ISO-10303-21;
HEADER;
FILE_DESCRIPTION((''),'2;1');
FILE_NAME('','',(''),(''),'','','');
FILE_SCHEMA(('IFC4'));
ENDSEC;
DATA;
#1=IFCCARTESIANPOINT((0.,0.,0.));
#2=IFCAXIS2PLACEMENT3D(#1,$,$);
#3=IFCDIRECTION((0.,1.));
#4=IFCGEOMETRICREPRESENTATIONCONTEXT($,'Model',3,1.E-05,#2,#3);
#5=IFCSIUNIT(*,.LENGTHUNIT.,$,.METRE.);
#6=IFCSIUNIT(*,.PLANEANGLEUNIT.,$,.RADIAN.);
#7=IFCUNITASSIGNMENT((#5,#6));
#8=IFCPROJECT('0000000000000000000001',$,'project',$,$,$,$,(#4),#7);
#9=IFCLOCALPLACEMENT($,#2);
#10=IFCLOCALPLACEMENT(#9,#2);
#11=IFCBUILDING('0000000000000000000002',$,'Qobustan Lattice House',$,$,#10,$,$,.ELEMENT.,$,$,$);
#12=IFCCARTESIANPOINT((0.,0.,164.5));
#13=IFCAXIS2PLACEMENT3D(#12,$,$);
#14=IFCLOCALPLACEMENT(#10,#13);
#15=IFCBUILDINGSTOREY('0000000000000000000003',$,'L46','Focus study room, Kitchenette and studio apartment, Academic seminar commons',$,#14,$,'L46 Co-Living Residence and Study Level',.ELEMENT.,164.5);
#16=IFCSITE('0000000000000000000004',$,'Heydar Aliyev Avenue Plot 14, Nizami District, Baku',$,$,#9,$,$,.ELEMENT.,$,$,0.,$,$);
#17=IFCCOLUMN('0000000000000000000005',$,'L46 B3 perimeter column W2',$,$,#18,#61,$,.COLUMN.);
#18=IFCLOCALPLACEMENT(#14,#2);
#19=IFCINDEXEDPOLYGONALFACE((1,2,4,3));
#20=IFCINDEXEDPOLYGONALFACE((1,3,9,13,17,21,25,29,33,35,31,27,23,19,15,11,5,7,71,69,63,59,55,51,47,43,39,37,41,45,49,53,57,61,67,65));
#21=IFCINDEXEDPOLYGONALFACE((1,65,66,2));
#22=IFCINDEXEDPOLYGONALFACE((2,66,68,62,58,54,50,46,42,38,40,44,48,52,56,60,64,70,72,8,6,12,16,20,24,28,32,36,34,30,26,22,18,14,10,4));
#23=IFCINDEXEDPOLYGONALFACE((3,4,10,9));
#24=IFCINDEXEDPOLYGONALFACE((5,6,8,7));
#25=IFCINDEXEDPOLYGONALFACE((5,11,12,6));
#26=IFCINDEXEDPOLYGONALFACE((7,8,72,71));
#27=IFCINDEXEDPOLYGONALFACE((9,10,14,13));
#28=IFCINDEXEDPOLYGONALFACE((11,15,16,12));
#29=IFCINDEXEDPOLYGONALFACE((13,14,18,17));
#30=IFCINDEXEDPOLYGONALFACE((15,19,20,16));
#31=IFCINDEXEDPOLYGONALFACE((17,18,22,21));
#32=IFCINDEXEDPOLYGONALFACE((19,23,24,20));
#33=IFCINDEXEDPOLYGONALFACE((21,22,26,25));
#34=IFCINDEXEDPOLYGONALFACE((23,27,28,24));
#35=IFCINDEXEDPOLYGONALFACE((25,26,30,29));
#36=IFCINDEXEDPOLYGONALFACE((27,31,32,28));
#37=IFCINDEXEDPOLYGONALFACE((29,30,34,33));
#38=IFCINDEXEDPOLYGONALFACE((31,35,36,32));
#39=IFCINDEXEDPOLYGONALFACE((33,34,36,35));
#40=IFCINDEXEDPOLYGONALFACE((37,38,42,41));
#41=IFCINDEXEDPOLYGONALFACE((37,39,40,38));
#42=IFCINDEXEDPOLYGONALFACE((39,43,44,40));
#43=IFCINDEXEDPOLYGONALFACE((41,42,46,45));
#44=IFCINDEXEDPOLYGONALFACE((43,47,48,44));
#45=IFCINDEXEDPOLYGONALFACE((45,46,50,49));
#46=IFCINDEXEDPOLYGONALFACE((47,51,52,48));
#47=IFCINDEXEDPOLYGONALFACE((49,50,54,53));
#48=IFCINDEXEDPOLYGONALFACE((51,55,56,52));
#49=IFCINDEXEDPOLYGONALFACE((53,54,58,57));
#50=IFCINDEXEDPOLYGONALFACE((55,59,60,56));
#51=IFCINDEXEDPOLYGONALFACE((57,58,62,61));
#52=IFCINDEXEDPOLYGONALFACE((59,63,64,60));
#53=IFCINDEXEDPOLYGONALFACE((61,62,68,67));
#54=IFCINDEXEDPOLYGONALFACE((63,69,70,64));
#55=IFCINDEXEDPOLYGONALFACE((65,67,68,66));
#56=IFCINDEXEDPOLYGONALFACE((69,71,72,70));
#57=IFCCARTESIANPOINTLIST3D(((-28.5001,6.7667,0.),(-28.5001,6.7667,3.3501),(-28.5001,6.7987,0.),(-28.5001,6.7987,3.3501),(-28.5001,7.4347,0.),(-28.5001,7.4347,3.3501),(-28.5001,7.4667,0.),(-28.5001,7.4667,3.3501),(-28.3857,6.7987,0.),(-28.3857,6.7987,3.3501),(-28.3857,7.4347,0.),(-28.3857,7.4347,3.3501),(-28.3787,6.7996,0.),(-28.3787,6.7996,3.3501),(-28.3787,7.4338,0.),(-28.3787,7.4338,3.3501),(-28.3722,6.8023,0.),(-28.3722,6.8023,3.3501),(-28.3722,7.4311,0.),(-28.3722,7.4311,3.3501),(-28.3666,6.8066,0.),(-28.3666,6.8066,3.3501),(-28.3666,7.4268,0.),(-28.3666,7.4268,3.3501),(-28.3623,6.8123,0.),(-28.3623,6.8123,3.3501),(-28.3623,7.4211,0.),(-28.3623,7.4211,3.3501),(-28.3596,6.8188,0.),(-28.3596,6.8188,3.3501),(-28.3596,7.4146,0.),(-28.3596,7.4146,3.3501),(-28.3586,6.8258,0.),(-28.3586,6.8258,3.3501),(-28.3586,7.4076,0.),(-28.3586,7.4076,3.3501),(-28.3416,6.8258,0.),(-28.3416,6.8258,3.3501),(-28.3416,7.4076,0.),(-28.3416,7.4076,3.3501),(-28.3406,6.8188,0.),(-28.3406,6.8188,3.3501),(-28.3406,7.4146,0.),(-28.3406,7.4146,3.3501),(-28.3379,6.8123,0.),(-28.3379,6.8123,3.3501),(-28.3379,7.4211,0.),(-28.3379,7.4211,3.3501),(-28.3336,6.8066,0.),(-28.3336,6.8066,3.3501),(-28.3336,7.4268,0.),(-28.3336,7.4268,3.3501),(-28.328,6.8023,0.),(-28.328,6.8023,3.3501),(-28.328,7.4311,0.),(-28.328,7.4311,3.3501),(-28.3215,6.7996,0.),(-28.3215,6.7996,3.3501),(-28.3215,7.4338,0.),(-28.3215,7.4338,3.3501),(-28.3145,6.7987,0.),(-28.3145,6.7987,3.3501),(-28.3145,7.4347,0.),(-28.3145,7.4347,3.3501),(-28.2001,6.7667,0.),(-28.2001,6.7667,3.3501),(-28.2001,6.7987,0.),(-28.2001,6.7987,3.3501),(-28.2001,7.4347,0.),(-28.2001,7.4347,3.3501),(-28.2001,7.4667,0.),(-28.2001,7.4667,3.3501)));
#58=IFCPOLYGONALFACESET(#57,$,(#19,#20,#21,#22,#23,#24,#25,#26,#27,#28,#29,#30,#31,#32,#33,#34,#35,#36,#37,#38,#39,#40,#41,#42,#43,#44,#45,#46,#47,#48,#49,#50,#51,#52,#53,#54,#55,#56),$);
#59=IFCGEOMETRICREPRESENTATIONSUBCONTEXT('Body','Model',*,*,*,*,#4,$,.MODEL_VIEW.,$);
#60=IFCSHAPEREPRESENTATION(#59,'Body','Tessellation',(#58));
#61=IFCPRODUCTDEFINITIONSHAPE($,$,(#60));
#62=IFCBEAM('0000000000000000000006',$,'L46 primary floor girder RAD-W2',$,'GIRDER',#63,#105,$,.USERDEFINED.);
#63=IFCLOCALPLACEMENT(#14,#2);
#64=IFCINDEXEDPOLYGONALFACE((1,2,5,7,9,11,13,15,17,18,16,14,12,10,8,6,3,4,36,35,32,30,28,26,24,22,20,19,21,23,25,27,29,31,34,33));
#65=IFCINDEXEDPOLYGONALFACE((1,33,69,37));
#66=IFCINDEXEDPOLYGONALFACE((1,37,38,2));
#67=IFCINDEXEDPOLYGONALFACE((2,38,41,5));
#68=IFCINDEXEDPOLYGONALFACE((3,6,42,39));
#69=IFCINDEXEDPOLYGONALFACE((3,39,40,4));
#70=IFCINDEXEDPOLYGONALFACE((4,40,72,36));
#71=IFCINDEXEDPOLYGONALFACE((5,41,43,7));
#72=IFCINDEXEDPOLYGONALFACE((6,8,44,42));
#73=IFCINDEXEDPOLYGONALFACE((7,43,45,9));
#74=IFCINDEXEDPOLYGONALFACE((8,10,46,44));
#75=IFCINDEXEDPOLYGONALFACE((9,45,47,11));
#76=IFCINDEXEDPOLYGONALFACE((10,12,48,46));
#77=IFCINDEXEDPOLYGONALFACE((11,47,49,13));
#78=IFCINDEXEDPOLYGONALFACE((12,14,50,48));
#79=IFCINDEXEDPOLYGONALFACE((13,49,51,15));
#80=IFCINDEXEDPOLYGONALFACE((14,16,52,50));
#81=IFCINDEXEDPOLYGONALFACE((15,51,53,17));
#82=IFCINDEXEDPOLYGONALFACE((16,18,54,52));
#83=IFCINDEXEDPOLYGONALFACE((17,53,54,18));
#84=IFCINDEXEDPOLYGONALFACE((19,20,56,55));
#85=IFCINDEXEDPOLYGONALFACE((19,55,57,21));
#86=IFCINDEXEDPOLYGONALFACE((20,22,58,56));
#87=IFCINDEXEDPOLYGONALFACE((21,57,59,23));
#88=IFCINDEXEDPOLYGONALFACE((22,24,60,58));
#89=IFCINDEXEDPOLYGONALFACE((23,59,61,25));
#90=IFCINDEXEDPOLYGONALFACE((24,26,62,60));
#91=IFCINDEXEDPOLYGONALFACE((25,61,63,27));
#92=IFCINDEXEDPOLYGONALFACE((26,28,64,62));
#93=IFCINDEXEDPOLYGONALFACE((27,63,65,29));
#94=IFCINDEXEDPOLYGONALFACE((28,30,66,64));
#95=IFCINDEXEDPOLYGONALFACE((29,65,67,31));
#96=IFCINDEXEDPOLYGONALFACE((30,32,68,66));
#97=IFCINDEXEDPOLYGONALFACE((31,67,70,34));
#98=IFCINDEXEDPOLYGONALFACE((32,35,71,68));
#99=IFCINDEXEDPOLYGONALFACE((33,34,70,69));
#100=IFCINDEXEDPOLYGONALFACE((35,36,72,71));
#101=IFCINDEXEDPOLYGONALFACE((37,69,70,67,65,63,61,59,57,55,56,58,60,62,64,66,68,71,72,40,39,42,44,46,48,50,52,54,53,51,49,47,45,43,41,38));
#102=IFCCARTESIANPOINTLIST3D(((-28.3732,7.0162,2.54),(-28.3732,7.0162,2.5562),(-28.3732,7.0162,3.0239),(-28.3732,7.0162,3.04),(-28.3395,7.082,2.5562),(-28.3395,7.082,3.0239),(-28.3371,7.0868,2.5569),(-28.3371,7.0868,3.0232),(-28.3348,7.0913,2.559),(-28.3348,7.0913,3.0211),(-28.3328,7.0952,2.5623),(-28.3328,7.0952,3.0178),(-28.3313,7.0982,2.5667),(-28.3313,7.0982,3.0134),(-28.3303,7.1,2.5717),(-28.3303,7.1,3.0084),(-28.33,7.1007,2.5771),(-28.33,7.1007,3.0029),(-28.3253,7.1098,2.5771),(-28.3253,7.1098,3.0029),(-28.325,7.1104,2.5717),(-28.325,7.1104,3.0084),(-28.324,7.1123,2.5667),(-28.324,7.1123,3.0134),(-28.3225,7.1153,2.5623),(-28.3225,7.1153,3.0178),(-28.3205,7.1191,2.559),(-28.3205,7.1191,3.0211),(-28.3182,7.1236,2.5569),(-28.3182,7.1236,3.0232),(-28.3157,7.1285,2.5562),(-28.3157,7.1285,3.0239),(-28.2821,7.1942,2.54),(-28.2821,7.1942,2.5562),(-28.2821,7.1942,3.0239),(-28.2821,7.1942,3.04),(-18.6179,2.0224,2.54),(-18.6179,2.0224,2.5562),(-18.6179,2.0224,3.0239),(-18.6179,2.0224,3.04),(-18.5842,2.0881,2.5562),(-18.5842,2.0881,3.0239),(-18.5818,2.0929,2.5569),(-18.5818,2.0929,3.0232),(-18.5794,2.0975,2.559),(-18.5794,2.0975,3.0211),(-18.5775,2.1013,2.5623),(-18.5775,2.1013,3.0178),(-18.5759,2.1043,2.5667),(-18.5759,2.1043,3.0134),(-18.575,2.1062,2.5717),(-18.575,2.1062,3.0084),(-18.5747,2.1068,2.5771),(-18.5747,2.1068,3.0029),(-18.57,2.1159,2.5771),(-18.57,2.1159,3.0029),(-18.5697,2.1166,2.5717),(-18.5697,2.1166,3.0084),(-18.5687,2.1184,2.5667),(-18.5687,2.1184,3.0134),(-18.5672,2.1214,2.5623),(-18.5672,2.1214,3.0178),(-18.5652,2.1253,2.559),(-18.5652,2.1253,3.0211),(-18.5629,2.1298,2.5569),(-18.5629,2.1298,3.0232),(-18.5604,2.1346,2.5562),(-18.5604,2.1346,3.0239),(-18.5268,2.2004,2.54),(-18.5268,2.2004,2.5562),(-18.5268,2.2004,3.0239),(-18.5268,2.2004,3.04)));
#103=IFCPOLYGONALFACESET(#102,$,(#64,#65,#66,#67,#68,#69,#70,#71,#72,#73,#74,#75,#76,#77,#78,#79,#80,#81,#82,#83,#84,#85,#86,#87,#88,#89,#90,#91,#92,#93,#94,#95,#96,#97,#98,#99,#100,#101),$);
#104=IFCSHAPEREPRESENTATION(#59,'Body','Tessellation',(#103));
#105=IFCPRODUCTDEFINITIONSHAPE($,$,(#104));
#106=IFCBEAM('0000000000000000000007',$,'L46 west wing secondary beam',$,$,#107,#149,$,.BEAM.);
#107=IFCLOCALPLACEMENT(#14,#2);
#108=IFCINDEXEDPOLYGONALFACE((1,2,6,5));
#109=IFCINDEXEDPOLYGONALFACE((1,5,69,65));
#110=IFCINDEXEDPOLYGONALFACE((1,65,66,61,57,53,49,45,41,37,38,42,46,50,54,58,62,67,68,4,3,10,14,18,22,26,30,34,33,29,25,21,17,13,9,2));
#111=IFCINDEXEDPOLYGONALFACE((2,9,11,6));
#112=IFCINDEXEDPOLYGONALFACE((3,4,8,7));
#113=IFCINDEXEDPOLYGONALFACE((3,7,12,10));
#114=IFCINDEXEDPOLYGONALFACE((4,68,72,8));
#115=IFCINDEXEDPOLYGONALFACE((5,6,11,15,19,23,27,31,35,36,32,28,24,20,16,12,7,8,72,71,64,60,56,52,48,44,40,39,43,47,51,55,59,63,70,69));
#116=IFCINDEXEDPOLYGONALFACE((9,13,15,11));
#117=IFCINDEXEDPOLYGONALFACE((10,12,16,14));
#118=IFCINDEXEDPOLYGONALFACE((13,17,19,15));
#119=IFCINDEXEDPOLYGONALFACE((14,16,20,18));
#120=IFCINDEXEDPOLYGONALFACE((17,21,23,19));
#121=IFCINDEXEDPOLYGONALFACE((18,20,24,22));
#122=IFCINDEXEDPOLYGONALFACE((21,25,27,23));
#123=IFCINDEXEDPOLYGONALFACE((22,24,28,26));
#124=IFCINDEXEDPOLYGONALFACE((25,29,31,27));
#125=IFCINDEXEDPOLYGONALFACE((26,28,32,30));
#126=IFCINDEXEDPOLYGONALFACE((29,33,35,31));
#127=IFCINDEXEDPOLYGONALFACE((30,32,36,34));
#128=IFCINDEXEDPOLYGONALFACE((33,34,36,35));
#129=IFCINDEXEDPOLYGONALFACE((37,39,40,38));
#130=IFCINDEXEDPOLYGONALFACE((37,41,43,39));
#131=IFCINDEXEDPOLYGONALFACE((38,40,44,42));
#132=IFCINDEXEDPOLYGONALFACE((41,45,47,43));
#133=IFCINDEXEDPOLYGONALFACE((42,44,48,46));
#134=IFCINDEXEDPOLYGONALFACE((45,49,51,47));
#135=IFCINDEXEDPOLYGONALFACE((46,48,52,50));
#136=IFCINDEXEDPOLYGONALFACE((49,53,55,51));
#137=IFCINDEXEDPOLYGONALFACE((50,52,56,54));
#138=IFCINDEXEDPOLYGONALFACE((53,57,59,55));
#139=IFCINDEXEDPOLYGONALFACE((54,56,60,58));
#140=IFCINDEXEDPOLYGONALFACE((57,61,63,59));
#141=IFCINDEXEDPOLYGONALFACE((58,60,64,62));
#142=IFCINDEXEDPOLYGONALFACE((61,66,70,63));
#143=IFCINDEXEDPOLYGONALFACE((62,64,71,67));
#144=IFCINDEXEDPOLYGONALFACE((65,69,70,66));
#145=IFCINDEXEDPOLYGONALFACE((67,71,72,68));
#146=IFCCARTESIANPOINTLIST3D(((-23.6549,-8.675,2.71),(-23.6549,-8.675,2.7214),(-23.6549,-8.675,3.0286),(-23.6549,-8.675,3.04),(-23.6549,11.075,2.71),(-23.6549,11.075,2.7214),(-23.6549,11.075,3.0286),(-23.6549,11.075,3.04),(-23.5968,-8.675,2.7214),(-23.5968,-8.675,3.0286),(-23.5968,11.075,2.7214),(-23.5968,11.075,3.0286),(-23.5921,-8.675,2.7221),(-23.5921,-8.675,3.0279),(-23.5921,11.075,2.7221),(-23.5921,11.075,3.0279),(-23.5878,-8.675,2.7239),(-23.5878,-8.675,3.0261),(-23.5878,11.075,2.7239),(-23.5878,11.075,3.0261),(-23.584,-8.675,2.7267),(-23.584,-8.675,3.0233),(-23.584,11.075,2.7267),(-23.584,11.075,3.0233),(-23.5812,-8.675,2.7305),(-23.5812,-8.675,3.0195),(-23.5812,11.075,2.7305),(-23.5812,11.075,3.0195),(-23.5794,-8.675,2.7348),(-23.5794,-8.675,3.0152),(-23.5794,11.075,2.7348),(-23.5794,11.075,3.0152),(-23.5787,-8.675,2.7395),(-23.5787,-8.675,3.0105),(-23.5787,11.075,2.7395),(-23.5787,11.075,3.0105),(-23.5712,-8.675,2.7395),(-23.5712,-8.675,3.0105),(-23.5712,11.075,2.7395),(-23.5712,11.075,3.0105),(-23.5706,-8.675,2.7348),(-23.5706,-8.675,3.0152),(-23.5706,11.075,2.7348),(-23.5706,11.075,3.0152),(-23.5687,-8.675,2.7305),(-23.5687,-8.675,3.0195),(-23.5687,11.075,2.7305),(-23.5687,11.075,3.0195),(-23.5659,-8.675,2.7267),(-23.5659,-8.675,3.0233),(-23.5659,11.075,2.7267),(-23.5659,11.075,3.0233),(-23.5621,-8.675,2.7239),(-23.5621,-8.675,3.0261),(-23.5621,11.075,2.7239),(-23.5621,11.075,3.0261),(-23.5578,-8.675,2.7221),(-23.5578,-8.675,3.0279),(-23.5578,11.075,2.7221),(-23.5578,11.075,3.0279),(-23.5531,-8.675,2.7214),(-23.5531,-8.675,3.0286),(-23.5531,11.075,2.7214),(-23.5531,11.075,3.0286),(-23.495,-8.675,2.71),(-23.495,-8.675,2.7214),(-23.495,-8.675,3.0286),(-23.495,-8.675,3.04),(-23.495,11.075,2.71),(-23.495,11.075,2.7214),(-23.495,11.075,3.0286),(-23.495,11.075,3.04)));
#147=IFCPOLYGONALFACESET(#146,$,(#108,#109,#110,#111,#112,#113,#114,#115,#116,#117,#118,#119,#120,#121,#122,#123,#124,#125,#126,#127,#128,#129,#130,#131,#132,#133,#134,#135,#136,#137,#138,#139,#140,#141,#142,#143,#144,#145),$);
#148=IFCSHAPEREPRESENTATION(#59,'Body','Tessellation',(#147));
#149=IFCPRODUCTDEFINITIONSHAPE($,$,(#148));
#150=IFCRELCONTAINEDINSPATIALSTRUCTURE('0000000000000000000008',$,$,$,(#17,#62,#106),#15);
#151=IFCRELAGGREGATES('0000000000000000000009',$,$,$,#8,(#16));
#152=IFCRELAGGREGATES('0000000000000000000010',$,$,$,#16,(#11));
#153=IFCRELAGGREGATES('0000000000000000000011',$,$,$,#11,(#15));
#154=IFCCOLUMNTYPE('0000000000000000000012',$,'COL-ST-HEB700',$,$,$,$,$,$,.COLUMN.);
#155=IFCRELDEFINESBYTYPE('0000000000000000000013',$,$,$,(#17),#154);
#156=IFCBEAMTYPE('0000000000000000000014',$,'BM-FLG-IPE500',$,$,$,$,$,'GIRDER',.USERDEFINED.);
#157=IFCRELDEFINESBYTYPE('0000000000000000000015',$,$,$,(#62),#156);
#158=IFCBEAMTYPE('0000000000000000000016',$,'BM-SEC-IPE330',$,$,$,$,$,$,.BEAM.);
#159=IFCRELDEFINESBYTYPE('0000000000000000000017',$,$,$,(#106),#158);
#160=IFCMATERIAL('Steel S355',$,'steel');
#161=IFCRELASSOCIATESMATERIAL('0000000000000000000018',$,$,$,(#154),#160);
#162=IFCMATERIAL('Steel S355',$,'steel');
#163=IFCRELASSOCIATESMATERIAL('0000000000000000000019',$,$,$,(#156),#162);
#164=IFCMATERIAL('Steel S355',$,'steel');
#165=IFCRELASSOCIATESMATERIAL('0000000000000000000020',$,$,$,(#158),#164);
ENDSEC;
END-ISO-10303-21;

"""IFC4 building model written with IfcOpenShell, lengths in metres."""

from ifc_helpers import new_model, si_unit, direction, frame, origin, origin_2d, place, context, subcontext, project, spatial, i_section, extrude, material, material_profile, profile_set, type_object, element, save


model = new_model("IFC4")

# Units and contexts
model_context = context("Model", 3, precision=1e-05, world=origin(), true_north=direction((0.0, 1.0)))
body_context = subcontext(model_context, "Body", "Model", "MODEL_VIEW")
ifc_project = project(units=[si_unit("LENGTHUNIT", "METRE"), si_unit("PLANEANGLEUNIT", "RADIAN")], contexts=[model_context])

# Site, building, storey
site_placement = place(None, origin())
site = spatial("IfcSite", under=ifc_project, at=site_placement, Name="Heydar Aliyev Avenue Plot 14, Nizami District, Baku", CompositionType="ELEMENT", RefElevation=0.0)
building_placement = place(site_placement, origin())
building = spatial("IfcBuilding", under=site, at=building_placement, Name="Qobustan Lattice House", CompositionType="ELEMENT")
storey_placement = place(building_placement, frame((0.0, 0.0, 164.5)))
storey = spatial("IfcBuildingStorey", under=building, at=storey_placement, Name="L46", Description="Focus study room, Kitchenette and studio apartment, Academic seminar commons", LongName="L46 Co-Living Residence and Study Level", CompositionType="ELEMENT", Elevation=164.5)

# Column
ifc_material_1 = material(Name="Steel S355", Category="steel")
ifc_material_profile_1 = material_profile(ifc_material_1, i_section(OverallWidth=0.3, OverallDepth=0.7, WebThickness=0.0171, FlangeThickness=0.032, FilletRadius=0.0271, at=origin_2d()), Name="HEB700")
ifc_profile_set_1 = profile_set([ifc_material_profile_1], Name="Steel S355")
column_type = type_object("IfcColumnType", Name="COL-ST-HEB700", PredefinedType="COLUMN", material=ifc_profile_set_1)
column_placement = place(storey_placement, frame((-28.3501, 7.1167, 0.0), z_axis=(0.0, 0.0, 1.0), x_axis=(1.0, 0.0, 0.0)))
element("IfcColumn", 1, at=column_placement, inside=storey, type_object=column_type, Name="L46 B3 perimeter column W2", PredefinedType="COLUMN", context=body_context, shape_type="SweptSolid", body=[
    extrude(i_section(OverallWidth=0.3, OverallDepth=0.7, WebThickness=0.0171, FlangeThickness=0.032, FilletRadius=0.0271, at=origin_2d()), origin(), (0.0, 0.0, 1.0), 3.3501),
])

# Beams
ifc_material_2 = material(Name="Steel S355", Category="steel")
ifc_material_profile_2 = material_profile(ifc_material_2, i_section(OverallWidth=0.2, OverallDepth=0.5, WebThickness=0.0103, FlangeThickness=0.0161, FilletRadius=0.021, at=origin_2d()), Name="IPE500")
ifc_profile_set_2 = profile_set([ifc_material_profile_2], Name="Steel S355")
beam_type_1 = type_object("IfcBeamType", Name="BM-FLG-IPE500", ElementType="GIRDER", PredefinedType="USERDEFINED", material=ifc_profile_set_2)
beam_1_placement = place(storey_placement, frame((-28.3276, 7.1052, 2.79), z_axis=(0.890145, -0.455677, 0.0), x_axis=(0.455677, 0.890145, 0.0)))
element("IfcBeam", 2, at=beam_1_placement, inside=storey, type_object=beam_type_1, Name="L46 primary floor girder RAD-W2", ObjectType="GIRDER", PredefinedType="USERDEFINED", context=body_context, shape_type="SweptSolid", body=[
    extrude(i_section(OverallWidth=0.2, OverallDepth=0.5, WebThickness=0.0103, FlangeThickness=0.0161, FilletRadius=0.021, at=origin_2d()), origin(), (0.0, 0.0, 1.0), 10.9592),
])
ifc_material_3 = material(Name="Steel S355", Category="steel")
ifc_material_profile_3 = material_profile(ifc_material_3, i_section(OverallWidth=0.1599, OverallDepth=0.3301, WebThickness=0.0076, FlangeThickness=0.0115, FilletRadius=0.0181, at=origin_2d()), Name="IPE330")
ifc_profile_set_3 = profile_set([ifc_material_profile_3], Name="Steel S355")
beam_type_2 = type_object("IfcBeamType", Name="BM-SEC-IPE330", PredefinedType="BEAM", material=ifc_profile_set_3)
beam_2_placement = place(storey_placement, frame((-23.575, 11.075, 2.875), z_axis=(0.0, -1.0, 0.0), x_axis=(1.0, 0.0, 0.0)))
element("IfcBeam", 3, at=beam_2_placement, inside=storey, type_object=beam_type_2, Name="L46 west wing secondary beam", PredefinedType="BEAM", context=body_context, shape_type="SweptSolid", body=[
    extrude(i_section(OverallWidth=0.1599, OverallDepth=0.3301, WebThickness=0.0076, FlangeThickness=0.0115, FilletRadius=0.0181, at=origin_2d()), origin(), (0.0, 0.0, 1.0), 19.75),
])

save(model, "model.ifc")
